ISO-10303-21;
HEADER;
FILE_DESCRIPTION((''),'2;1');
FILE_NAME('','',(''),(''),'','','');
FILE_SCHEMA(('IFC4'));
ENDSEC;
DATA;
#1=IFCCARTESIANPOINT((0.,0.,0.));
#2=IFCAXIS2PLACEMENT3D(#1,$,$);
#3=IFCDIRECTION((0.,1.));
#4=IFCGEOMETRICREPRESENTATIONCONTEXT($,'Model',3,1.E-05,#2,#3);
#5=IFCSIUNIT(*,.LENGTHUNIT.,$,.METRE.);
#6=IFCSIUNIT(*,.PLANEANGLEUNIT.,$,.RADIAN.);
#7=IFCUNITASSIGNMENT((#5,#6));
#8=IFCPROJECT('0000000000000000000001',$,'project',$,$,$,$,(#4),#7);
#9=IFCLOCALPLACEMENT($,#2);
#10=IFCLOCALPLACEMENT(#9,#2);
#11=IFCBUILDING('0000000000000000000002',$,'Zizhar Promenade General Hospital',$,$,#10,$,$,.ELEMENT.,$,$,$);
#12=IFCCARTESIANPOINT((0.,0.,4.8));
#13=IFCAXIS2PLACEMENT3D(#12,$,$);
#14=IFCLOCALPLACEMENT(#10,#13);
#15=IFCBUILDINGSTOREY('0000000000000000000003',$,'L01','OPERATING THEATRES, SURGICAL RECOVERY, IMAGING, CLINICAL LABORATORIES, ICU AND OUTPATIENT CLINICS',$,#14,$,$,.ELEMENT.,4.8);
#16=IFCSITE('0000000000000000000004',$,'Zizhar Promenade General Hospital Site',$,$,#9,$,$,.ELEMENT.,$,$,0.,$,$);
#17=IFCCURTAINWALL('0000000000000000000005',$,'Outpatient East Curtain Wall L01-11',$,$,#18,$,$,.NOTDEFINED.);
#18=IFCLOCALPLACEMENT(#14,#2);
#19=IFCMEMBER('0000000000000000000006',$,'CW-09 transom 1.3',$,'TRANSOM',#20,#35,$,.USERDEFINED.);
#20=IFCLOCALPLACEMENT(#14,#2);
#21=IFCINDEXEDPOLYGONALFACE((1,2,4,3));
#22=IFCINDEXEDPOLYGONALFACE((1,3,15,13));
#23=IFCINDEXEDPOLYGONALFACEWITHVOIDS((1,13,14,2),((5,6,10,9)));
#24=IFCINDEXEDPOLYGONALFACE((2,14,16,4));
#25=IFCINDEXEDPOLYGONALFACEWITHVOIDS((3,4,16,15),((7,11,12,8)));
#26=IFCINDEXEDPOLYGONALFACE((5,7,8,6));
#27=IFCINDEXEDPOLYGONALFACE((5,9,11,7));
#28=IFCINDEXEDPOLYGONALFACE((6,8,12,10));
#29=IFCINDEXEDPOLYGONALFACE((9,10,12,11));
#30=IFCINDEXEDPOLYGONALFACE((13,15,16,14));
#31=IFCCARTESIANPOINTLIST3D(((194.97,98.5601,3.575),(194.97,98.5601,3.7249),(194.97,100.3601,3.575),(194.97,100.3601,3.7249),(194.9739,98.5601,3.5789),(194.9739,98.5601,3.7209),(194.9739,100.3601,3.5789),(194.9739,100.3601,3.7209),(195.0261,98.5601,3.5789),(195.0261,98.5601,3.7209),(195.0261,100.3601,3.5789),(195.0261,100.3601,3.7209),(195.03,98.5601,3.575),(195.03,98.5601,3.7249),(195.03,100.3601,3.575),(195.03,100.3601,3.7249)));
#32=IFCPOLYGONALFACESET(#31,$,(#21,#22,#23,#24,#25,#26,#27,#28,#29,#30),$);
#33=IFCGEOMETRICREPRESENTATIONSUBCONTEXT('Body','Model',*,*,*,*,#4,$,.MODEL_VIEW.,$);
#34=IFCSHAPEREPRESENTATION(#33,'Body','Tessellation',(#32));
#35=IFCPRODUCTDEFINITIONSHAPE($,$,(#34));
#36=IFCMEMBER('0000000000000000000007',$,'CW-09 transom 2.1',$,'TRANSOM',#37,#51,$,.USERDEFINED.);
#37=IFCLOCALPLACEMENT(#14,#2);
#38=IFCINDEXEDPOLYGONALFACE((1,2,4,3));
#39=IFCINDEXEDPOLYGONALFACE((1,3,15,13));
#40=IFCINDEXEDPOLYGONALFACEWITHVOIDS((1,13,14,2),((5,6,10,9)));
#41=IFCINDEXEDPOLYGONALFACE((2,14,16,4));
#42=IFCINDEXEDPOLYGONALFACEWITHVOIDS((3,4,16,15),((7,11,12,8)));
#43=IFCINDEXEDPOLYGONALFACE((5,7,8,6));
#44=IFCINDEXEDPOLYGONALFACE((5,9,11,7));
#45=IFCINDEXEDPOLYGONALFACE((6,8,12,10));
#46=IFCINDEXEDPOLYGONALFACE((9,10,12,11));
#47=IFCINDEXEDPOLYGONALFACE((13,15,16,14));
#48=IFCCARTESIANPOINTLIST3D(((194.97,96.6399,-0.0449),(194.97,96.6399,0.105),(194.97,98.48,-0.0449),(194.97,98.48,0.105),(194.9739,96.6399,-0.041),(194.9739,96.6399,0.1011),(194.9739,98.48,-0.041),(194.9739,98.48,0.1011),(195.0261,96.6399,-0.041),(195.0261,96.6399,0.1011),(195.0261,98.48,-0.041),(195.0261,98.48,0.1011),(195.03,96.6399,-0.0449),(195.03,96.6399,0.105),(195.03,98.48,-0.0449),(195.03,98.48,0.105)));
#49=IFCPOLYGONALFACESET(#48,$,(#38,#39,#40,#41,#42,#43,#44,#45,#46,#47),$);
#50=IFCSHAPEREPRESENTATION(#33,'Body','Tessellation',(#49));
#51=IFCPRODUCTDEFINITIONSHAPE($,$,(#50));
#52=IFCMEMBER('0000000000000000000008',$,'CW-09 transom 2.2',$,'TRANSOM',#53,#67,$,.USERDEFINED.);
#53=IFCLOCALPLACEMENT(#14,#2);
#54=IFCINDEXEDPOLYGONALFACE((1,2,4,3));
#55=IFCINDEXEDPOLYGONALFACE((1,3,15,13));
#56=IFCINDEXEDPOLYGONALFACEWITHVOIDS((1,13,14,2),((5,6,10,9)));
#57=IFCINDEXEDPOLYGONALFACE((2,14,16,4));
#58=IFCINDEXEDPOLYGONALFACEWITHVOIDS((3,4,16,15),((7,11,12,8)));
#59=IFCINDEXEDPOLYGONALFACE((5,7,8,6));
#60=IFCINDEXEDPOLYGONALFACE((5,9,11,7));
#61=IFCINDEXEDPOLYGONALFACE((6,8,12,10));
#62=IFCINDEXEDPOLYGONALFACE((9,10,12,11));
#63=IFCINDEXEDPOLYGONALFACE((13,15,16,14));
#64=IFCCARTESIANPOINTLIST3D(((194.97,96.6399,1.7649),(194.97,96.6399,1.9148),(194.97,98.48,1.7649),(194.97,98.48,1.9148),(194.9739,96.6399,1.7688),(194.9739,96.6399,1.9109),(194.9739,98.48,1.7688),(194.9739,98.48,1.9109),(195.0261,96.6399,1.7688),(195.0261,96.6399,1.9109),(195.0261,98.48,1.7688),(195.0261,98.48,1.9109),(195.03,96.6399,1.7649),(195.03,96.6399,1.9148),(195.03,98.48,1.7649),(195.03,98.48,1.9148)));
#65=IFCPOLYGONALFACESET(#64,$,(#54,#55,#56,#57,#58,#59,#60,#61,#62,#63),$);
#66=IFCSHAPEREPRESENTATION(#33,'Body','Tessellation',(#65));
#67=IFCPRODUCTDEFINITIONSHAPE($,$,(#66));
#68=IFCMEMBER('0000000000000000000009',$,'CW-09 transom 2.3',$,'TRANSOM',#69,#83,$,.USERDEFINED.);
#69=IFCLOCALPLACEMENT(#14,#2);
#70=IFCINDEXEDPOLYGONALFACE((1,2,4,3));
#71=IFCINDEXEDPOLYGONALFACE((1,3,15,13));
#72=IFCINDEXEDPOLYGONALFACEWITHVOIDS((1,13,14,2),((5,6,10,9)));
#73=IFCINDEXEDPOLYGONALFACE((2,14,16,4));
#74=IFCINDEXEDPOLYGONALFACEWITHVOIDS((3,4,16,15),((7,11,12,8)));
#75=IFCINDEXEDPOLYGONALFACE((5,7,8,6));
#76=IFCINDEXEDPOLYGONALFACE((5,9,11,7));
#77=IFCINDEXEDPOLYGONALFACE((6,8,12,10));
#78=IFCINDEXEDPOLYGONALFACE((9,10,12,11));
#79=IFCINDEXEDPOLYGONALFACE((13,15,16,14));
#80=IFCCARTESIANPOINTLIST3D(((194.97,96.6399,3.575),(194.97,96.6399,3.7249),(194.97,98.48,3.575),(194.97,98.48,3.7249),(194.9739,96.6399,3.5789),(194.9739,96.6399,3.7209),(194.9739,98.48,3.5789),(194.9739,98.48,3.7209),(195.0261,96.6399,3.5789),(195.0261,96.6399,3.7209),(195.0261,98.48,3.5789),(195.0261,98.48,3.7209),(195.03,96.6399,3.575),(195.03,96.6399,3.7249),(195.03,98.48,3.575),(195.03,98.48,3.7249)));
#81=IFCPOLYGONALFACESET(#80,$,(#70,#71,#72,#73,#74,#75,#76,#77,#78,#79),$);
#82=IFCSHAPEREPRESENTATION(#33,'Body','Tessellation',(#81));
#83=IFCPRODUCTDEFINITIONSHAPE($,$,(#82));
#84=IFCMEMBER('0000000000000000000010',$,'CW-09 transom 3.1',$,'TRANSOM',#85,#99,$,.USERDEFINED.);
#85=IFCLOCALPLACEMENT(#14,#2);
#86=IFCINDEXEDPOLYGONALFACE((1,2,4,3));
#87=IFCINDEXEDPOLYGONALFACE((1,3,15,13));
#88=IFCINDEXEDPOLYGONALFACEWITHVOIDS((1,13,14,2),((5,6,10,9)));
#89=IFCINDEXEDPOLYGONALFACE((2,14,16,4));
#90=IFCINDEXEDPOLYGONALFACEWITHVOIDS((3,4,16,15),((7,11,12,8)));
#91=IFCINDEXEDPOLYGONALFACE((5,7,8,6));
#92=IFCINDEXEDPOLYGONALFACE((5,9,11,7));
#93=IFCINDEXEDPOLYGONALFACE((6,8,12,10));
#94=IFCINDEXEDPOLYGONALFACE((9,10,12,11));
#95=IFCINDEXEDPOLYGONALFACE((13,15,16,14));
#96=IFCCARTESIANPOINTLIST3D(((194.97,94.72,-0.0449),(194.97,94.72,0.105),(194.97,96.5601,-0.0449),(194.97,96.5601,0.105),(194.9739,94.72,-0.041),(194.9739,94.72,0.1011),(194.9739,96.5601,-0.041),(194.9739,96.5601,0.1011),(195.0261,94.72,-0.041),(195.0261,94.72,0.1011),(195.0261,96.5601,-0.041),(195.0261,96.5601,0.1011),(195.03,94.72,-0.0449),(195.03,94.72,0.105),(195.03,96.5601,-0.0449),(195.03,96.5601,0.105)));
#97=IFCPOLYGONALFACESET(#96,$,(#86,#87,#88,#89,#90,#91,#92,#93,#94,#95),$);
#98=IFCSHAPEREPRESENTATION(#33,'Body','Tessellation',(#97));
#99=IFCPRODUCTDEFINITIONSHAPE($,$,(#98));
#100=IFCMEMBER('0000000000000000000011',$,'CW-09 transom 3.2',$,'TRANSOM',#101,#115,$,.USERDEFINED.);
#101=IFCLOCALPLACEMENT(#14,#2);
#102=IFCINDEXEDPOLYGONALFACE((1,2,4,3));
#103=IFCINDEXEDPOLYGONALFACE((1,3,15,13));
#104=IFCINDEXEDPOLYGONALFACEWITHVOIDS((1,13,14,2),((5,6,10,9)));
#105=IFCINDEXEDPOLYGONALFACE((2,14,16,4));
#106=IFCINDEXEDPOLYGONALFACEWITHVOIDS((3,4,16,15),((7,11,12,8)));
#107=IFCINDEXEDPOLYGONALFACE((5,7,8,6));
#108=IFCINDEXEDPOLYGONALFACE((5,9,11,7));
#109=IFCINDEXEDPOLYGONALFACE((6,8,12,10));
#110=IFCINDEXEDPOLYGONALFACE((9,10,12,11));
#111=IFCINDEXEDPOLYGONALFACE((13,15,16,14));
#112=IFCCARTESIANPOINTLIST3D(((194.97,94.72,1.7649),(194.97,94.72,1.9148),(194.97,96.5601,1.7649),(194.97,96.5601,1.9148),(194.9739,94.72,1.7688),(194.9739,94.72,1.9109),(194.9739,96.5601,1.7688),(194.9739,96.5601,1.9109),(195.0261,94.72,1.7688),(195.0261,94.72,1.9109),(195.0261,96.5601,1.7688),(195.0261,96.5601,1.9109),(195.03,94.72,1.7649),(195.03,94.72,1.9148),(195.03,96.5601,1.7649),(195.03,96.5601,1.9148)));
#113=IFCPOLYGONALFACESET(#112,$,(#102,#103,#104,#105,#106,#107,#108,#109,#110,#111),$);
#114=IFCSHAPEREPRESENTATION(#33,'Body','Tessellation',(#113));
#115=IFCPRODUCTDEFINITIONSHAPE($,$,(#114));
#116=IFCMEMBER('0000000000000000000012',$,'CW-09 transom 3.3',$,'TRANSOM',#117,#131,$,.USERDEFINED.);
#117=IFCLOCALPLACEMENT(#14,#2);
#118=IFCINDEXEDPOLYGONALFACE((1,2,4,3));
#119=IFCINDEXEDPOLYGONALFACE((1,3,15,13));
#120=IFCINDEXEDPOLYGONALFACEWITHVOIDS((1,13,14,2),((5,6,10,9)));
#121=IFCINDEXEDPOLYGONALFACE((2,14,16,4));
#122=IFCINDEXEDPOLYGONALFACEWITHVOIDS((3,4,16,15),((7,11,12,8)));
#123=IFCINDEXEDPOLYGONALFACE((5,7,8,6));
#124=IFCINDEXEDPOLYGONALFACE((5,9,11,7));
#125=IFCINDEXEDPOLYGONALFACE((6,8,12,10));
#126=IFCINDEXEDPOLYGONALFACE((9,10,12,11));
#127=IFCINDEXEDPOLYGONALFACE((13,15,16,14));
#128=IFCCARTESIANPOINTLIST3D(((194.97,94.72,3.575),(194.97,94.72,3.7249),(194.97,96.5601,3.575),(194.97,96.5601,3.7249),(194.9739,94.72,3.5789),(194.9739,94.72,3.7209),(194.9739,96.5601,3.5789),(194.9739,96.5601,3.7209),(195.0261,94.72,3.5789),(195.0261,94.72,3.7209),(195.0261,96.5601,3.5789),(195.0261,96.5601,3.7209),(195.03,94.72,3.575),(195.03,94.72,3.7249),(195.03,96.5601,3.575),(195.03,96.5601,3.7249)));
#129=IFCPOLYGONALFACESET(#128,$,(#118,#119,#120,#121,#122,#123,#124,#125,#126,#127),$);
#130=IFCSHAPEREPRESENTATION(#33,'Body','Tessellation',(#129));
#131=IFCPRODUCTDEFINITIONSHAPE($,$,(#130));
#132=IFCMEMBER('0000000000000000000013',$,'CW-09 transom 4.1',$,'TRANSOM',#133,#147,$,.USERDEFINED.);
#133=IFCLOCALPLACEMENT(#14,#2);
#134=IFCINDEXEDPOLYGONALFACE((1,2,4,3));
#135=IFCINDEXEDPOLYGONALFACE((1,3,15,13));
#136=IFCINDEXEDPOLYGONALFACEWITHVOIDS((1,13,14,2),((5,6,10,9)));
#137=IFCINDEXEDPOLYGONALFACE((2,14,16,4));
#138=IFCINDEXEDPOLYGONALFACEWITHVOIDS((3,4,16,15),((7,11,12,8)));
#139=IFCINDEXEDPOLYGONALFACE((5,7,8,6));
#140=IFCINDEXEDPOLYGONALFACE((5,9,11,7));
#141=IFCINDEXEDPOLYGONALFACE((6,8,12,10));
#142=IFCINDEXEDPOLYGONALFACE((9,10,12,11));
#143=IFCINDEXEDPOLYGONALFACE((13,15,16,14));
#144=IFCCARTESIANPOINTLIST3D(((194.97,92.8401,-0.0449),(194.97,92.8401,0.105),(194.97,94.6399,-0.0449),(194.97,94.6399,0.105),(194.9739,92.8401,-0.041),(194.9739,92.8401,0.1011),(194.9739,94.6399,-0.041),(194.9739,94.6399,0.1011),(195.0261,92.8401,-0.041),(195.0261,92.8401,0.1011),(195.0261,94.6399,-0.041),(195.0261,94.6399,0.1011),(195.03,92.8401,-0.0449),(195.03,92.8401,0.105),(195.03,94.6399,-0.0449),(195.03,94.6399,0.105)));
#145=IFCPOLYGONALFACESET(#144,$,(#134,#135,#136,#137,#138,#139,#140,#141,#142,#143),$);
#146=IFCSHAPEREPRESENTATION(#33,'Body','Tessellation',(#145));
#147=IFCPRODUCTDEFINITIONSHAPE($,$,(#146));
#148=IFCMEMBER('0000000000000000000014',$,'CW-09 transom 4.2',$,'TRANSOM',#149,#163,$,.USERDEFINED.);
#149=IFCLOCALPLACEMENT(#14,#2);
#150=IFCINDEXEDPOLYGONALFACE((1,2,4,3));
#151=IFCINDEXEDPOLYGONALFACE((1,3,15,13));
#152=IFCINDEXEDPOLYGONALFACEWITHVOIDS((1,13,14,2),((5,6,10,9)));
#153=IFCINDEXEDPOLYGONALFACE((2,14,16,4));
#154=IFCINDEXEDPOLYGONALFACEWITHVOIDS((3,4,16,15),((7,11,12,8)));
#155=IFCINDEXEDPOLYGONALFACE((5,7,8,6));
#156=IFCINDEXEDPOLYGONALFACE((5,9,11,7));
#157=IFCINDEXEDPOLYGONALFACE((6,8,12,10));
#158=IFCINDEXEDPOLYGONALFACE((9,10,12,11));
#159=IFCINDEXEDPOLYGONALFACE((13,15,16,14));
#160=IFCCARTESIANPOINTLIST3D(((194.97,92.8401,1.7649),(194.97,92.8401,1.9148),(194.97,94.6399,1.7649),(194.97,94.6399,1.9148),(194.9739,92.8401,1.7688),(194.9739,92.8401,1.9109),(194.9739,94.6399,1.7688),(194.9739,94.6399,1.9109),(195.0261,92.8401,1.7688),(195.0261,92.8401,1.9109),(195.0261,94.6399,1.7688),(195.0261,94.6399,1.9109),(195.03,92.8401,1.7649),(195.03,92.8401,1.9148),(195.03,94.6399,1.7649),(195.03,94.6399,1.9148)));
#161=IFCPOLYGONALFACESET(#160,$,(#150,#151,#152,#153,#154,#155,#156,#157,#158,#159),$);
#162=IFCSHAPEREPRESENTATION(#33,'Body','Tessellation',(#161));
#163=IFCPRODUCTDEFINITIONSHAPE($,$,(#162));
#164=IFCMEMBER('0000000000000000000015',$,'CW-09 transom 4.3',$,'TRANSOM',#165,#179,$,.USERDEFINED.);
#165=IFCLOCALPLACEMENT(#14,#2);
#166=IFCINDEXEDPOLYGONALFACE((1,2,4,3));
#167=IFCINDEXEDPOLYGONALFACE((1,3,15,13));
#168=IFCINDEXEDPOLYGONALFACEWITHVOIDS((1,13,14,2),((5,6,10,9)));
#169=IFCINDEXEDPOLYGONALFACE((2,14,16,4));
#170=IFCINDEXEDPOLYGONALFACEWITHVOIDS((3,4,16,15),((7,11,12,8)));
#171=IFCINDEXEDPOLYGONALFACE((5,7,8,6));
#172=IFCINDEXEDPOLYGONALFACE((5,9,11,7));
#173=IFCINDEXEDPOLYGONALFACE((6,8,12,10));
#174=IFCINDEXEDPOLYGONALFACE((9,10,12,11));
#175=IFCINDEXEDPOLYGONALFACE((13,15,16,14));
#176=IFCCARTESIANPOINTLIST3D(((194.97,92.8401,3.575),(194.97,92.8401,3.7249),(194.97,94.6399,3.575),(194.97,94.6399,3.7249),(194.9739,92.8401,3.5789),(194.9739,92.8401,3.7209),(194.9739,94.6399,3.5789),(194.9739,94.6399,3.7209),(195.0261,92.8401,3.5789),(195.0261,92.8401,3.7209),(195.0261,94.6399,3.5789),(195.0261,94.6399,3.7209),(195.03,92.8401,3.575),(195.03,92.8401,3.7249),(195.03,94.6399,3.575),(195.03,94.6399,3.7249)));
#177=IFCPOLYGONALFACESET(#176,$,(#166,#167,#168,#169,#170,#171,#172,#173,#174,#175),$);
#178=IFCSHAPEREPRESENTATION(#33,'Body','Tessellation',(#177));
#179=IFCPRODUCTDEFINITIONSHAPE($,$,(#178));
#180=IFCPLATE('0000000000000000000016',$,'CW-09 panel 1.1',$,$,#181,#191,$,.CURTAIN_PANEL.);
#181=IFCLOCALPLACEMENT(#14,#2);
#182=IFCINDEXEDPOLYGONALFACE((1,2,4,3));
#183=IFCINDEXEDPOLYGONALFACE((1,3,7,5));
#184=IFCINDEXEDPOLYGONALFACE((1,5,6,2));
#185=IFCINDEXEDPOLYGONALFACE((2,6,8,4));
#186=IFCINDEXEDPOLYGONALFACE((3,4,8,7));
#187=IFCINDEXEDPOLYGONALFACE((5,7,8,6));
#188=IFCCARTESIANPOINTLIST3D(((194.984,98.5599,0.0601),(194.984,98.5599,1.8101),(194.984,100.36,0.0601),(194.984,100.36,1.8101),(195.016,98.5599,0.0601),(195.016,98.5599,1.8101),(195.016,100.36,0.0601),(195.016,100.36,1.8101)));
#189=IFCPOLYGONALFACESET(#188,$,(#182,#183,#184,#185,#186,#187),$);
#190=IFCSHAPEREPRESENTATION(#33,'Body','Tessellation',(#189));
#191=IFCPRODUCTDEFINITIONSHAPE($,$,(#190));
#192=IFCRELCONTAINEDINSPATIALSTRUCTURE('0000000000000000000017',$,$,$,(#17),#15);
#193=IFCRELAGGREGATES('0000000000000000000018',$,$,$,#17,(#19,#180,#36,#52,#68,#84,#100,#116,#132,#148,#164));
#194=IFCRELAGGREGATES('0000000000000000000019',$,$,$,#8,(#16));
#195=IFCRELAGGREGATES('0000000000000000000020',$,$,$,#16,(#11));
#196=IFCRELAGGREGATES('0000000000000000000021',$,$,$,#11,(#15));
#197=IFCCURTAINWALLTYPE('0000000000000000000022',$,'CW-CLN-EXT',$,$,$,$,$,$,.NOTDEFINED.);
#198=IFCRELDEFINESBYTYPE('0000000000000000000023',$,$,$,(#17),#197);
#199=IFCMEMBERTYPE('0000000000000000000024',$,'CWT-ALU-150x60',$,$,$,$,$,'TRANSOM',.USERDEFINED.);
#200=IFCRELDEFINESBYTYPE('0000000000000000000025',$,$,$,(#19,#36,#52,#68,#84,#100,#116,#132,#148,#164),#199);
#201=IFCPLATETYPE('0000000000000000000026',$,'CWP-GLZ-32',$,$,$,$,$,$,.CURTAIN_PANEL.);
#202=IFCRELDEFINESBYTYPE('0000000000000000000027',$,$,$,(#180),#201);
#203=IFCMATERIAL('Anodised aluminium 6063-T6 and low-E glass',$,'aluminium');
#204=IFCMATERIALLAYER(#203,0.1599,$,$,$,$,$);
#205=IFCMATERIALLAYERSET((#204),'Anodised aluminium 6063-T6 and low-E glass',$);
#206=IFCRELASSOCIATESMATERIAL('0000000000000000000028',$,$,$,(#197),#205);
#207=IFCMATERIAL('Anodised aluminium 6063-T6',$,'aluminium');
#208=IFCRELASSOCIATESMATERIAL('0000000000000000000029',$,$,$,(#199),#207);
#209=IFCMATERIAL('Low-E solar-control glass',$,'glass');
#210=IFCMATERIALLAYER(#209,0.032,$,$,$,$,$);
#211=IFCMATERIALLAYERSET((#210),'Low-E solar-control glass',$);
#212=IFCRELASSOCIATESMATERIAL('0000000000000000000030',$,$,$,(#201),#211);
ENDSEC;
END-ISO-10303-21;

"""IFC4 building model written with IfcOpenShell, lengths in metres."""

from ifc_helpers import new_model, si_unit, direction, frame, origin, origin_2d, place, context, subcontext, project, spatial, rectangle, hollow_rectangle, extrude, material, layer, layer_set, material_profile, profile_set, type_object, element, aggregate, save


model = new_model("IFC4")

# Units and contexts
model_context = context("Model", 3, precision=1e-05, world=origin(), true_north=direction((0.0, 1.0)))
body_context = subcontext(model_context, "Body", "Model", "MODEL_VIEW")
ifc_project = project(units=[si_unit("LENGTHUNIT", "METRE"), si_unit("PLANEANGLEUNIT", "RADIAN")], contexts=[model_context])

# Site, building, storey
site_placement = place(None, origin())
site = spatial("IfcSite", under=ifc_project, at=site_placement, Name="Zizhar Promenade General Hospital Site", CompositionType="ELEMENT", RefElevation=0.0)
building_placement = place(site_placement, origin())
building = spatial("IfcBuilding", under=site, at=building_placement, Name="Zizhar Promenade General Hospital", CompositionType="ELEMENT")
storey_placement = place(building_placement, frame((0.0, 0.0, 4.8)))
storey = spatial("IfcBuildingStorey", under=building, at=storey_placement, Name="L01", Description="OPERATING THEATRES, SURGICAL RECOVERY, IMAGING, CLINICAL LABORATORIES, ICU AND OUTPATIENT CLINICS", CompositionType="ELEMENT", Elevation=4.8)

# Curtain wall, members, plate
ifc_material_1 = material(Name="Anodised aluminium 6063-T6 and low-E glass", Category="aluminium")
ifc_layer_1 = layer(ifc_material_1, 0.1599)
ifc_layer_set_1 = layer_set([ifc_layer_1], Name="Anodised aluminium 6063-T6 and low-E glass")
curtain_wall_type = type_object("IfcCurtainWallType", Name="CW-CLN-EXT", PredefinedType="NOTDEFINED", material=ifc_layer_set_1)
curtain_wall_placement = place(storey_placement, origin())
curtain_wall = element("IfcCurtainWall", 1, at=curtain_wall_placement, inside=storey, type_object=curtain_wall_type, Name="Outpatient East Curtain Wall L01-11", PredefinedType="NOTDEFINED")
ifc_material_2 = material(Name="Anodised aluminium 6063-T6", Category="aluminium")
ifc_material_profile_1 = material_profile(ifc_material_2, hollow_rectangle(XDim=0.0601, YDim=0.1499, WallThickness=0.0039, at=origin_2d()))
ifc_profile_set_1 = profile_set([ifc_material_profile_1], Name="Anodised aluminium 6063-T6")
member_type_1 = type_object("IfcMemberType", Name="CWT-ALU-150x60", ElementType="TRANSOM", PredefinedType="USERDEFINED", material=ifc_profile_set_1)
member_1_placement = place(storey_placement, frame((195.0, 100.3601, 3.6499), z_axis=(0.0, -1.0, 0.0), x_axis=(1.0, 0.0, 0.0)))
member_1 = element("IfcMember", 2, at=member_1_placement, type_object=member_type_1, Name="CW-09 transom 1.3", ObjectType="TRANSOM", PredefinedType="USERDEFINED", context=body_context, shape_type="SweptSolid", body=[
    extrude(hollow_rectangle(XDim=0.0601, YDim=0.1499, WallThickness=0.0039, at=origin_2d()), origin(), (0.0, 0.0, 1.0), 1.8),
])
member_2_placement = place(storey_placement, frame((195.0, 98.48, 0.03), z_axis=(0.0, -1.0, 0.0), x_axis=(1.0, 0.0, 0.0)))
member_2 = element("IfcMember", 3, at=member_2_placement, type_object=member_type_1, Name="CW-09 transom 2.1", ObjectType="TRANSOM", PredefinedType="USERDEFINED", context=body_context, shape_type="SweptSolid", body=[
    extrude(hollow_rectangle(XDim=0.0601, YDim=0.1499, WallThickness=0.0039, at=origin_2d()), origin(), (0.0, 0.0, 1.0), 1.8401),
])
member_3_placement = place(storey_placement, frame((195.0, 98.48, 1.8398), z_axis=(0.0, -1.0, 0.0), x_axis=(1.0, 0.0, 0.0)))
member_3 = element("IfcMember", 4, at=member_3_placement, type_object=member_type_1, Name="CW-09 transom 2.2", ObjectType="TRANSOM", PredefinedType="USERDEFINED", context=body_context, shape_type="SweptSolid", body=[
    extrude(hollow_rectangle(XDim=0.0601, YDim=0.1499, WallThickness=0.0039, at=origin_2d()), origin(), (0.0, 0.0, 1.0), 1.8401),
])
member_4_placement = place(storey_placement, frame((195.0, 98.48, 3.6499), z_axis=(0.0, -1.0, 0.0), x_axis=(1.0, 0.0, 0.0)))
member_4 = element("IfcMember", 5, at=member_4_placement, type_object=member_type_1, Name="CW-09 transom 2.3", ObjectType="TRANSOM", PredefinedType="USERDEFINED", context=body_context, shape_type="SweptSolid", body=[
    extrude(hollow_rectangle(XDim=0.0601, YDim=0.1499, WallThickness=0.0039, at=origin_2d()), origin(), (0.0, 0.0, 1.0), 1.8401),
])
member_5_placement = place(storey_placement, frame((195.0, 96.5601, 0.03), z_axis=(0.0, -1.0, 0.0), x_axis=(1.0, 0.0, 0.0)))
member_5 = element("IfcMember", 6, at=member_5_placement, type_object=member_type_1, Name="CW-09 transom 3.1", ObjectType="TRANSOM", PredefinedType="USERDEFINED", context=body_context, shape_type="SweptSolid", body=[
    extrude(hollow_rectangle(XDim=0.0601, YDim=0.1499, WallThickness=0.0039, at=origin_2d()), origin(), (0.0, 0.0, 1.0), 1.8401),
])
member_6_placement = place(storey_placement, frame((195.0, 96.5601, 1.8398), z_axis=(0.0, -1.0, 0.0), x_axis=(1.0, 0.0, 0.0)))
member_6 = element("IfcMember", 7, at=member_6_placement, type_object=member_type_1, Name="CW-09 transom 3.2", ObjectType="TRANSOM", PredefinedType="USERDEFINED", context=body_context, shape_type="SweptSolid", body=[
    extrude(hollow_rectangle(XDim=0.0601, YDim=0.1499, WallThickness=0.0039, at=origin_2d()), origin(), (0.0, 0.0, 1.0), 1.8401),
])
member_7_placement = place(storey_placement, frame((195.0, 96.5601, 3.6499), z_axis=(0.0, -1.0, 0.0), x_axis=(1.0, 0.0, 0.0)))
member_7 = element("IfcMember", 8, at=member_7_placement, type_object=member_type_1, Name="CW-09 transom 3.3", ObjectType="TRANSOM", PredefinedType="USERDEFINED", context=body_context, shape_type="SweptSolid", body=[
    extrude(hollow_rectangle(XDim=0.0601, YDim=0.1499, WallThickness=0.0039, at=origin_2d()), origin(), (0.0, 0.0, 1.0), 1.8401),
])
member_8_placement = place(storey_placement, frame((195.0, 94.6399, 0.03), z_axis=(0.0, -1.0, 0.0), x_axis=(1.0, 0.0, 0.0)))
member_8 = element("IfcMember", 9, at=member_8_placement, type_object=member_type_1, Name="CW-09 transom 4.1", ObjectType="TRANSOM", PredefinedType="USERDEFINED", context=body_context, shape_type="SweptSolid", body=[
    extrude(hollow_rectangle(XDim=0.0601, YDim=0.1499, WallThickness=0.0039, at=origin_2d()), origin(), (0.0, 0.0, 1.0), 1.7998),
])
member_9_placement = place(storey_placement, frame((195.0, 94.6399, 1.8398), z_axis=(0.0, -1.0, 0.0), x_axis=(1.0, 0.0, 0.0)))
member_9 = element("IfcMember", 10, at=member_9_placement, type_object=member_type_1, Name="CW-09 transom 4.2", ObjectType="TRANSOM", PredefinedType="USERDEFINED", context=body_context, shape_type="SweptSolid", body=[
    extrude(hollow_rectangle(XDim=0.0601, YDim=0.1499, WallThickness=0.0039, at=origin_2d()), origin(), (0.0, 0.0, 1.0), 1.7998),
])
member_10_placement = place(storey_placement, frame((195.0, 94.6399, 3.6499), z_axis=(0.0, -1.0, 0.0), x_axis=(1.0, 0.0, 0.0)))
member_10 = element("IfcMember", 11, at=member_10_placement, type_object=member_type_1, Name="CW-09 transom 4.3", ObjectType="TRANSOM", PredefinedType="USERDEFINED", context=body_context, shape_type="SweptSolid", body=[
    extrude(hollow_rectangle(XDim=0.0601, YDim=0.1499, WallThickness=0.0039, at=origin_2d()), origin(), (0.0, 0.0, 1.0), 1.7998),
])
ifc_material_3 = material(Name="Low-E solar-control glass", Category="glass")
ifc_layer_2 = layer(ifc_material_3, 0.032)
ifc_layer_set_2 = layer_set([ifc_layer_2], Name="Low-E solar-control glass")
plate_type = type_object("IfcPlateType", Name="CWP-GLZ-32", PredefinedType="CURTAIN_PANEL", material=ifc_layer_set_2)
plate_1_placement = place(storey_placement, frame((195.0, 99.46, 0.0601), z_axis=(0.0, 0.0, 1.0), x_axis=(0.0, -1.0, 0.0)))
plate_1 = element("IfcPlate", 12, at=plate_1_placement, type_object=plate_type, Name="CW-09 panel 1.1", PredefinedType="CURTAIN_PANEL", context=body_context, shape_type="SweptSolid", body=[
    extrude(rectangle(XDim=1.8, YDim=0.032, at=origin_2d()), origin(), (0.0, 0.0, 1.0), 1.75),
])
aggregate(curtain_wall, [member_1, plate_1, member_2, member_3, member_4, member_5, member_6, member_7, member_8, member_9, member_10])

save(model, "model.ifc")
